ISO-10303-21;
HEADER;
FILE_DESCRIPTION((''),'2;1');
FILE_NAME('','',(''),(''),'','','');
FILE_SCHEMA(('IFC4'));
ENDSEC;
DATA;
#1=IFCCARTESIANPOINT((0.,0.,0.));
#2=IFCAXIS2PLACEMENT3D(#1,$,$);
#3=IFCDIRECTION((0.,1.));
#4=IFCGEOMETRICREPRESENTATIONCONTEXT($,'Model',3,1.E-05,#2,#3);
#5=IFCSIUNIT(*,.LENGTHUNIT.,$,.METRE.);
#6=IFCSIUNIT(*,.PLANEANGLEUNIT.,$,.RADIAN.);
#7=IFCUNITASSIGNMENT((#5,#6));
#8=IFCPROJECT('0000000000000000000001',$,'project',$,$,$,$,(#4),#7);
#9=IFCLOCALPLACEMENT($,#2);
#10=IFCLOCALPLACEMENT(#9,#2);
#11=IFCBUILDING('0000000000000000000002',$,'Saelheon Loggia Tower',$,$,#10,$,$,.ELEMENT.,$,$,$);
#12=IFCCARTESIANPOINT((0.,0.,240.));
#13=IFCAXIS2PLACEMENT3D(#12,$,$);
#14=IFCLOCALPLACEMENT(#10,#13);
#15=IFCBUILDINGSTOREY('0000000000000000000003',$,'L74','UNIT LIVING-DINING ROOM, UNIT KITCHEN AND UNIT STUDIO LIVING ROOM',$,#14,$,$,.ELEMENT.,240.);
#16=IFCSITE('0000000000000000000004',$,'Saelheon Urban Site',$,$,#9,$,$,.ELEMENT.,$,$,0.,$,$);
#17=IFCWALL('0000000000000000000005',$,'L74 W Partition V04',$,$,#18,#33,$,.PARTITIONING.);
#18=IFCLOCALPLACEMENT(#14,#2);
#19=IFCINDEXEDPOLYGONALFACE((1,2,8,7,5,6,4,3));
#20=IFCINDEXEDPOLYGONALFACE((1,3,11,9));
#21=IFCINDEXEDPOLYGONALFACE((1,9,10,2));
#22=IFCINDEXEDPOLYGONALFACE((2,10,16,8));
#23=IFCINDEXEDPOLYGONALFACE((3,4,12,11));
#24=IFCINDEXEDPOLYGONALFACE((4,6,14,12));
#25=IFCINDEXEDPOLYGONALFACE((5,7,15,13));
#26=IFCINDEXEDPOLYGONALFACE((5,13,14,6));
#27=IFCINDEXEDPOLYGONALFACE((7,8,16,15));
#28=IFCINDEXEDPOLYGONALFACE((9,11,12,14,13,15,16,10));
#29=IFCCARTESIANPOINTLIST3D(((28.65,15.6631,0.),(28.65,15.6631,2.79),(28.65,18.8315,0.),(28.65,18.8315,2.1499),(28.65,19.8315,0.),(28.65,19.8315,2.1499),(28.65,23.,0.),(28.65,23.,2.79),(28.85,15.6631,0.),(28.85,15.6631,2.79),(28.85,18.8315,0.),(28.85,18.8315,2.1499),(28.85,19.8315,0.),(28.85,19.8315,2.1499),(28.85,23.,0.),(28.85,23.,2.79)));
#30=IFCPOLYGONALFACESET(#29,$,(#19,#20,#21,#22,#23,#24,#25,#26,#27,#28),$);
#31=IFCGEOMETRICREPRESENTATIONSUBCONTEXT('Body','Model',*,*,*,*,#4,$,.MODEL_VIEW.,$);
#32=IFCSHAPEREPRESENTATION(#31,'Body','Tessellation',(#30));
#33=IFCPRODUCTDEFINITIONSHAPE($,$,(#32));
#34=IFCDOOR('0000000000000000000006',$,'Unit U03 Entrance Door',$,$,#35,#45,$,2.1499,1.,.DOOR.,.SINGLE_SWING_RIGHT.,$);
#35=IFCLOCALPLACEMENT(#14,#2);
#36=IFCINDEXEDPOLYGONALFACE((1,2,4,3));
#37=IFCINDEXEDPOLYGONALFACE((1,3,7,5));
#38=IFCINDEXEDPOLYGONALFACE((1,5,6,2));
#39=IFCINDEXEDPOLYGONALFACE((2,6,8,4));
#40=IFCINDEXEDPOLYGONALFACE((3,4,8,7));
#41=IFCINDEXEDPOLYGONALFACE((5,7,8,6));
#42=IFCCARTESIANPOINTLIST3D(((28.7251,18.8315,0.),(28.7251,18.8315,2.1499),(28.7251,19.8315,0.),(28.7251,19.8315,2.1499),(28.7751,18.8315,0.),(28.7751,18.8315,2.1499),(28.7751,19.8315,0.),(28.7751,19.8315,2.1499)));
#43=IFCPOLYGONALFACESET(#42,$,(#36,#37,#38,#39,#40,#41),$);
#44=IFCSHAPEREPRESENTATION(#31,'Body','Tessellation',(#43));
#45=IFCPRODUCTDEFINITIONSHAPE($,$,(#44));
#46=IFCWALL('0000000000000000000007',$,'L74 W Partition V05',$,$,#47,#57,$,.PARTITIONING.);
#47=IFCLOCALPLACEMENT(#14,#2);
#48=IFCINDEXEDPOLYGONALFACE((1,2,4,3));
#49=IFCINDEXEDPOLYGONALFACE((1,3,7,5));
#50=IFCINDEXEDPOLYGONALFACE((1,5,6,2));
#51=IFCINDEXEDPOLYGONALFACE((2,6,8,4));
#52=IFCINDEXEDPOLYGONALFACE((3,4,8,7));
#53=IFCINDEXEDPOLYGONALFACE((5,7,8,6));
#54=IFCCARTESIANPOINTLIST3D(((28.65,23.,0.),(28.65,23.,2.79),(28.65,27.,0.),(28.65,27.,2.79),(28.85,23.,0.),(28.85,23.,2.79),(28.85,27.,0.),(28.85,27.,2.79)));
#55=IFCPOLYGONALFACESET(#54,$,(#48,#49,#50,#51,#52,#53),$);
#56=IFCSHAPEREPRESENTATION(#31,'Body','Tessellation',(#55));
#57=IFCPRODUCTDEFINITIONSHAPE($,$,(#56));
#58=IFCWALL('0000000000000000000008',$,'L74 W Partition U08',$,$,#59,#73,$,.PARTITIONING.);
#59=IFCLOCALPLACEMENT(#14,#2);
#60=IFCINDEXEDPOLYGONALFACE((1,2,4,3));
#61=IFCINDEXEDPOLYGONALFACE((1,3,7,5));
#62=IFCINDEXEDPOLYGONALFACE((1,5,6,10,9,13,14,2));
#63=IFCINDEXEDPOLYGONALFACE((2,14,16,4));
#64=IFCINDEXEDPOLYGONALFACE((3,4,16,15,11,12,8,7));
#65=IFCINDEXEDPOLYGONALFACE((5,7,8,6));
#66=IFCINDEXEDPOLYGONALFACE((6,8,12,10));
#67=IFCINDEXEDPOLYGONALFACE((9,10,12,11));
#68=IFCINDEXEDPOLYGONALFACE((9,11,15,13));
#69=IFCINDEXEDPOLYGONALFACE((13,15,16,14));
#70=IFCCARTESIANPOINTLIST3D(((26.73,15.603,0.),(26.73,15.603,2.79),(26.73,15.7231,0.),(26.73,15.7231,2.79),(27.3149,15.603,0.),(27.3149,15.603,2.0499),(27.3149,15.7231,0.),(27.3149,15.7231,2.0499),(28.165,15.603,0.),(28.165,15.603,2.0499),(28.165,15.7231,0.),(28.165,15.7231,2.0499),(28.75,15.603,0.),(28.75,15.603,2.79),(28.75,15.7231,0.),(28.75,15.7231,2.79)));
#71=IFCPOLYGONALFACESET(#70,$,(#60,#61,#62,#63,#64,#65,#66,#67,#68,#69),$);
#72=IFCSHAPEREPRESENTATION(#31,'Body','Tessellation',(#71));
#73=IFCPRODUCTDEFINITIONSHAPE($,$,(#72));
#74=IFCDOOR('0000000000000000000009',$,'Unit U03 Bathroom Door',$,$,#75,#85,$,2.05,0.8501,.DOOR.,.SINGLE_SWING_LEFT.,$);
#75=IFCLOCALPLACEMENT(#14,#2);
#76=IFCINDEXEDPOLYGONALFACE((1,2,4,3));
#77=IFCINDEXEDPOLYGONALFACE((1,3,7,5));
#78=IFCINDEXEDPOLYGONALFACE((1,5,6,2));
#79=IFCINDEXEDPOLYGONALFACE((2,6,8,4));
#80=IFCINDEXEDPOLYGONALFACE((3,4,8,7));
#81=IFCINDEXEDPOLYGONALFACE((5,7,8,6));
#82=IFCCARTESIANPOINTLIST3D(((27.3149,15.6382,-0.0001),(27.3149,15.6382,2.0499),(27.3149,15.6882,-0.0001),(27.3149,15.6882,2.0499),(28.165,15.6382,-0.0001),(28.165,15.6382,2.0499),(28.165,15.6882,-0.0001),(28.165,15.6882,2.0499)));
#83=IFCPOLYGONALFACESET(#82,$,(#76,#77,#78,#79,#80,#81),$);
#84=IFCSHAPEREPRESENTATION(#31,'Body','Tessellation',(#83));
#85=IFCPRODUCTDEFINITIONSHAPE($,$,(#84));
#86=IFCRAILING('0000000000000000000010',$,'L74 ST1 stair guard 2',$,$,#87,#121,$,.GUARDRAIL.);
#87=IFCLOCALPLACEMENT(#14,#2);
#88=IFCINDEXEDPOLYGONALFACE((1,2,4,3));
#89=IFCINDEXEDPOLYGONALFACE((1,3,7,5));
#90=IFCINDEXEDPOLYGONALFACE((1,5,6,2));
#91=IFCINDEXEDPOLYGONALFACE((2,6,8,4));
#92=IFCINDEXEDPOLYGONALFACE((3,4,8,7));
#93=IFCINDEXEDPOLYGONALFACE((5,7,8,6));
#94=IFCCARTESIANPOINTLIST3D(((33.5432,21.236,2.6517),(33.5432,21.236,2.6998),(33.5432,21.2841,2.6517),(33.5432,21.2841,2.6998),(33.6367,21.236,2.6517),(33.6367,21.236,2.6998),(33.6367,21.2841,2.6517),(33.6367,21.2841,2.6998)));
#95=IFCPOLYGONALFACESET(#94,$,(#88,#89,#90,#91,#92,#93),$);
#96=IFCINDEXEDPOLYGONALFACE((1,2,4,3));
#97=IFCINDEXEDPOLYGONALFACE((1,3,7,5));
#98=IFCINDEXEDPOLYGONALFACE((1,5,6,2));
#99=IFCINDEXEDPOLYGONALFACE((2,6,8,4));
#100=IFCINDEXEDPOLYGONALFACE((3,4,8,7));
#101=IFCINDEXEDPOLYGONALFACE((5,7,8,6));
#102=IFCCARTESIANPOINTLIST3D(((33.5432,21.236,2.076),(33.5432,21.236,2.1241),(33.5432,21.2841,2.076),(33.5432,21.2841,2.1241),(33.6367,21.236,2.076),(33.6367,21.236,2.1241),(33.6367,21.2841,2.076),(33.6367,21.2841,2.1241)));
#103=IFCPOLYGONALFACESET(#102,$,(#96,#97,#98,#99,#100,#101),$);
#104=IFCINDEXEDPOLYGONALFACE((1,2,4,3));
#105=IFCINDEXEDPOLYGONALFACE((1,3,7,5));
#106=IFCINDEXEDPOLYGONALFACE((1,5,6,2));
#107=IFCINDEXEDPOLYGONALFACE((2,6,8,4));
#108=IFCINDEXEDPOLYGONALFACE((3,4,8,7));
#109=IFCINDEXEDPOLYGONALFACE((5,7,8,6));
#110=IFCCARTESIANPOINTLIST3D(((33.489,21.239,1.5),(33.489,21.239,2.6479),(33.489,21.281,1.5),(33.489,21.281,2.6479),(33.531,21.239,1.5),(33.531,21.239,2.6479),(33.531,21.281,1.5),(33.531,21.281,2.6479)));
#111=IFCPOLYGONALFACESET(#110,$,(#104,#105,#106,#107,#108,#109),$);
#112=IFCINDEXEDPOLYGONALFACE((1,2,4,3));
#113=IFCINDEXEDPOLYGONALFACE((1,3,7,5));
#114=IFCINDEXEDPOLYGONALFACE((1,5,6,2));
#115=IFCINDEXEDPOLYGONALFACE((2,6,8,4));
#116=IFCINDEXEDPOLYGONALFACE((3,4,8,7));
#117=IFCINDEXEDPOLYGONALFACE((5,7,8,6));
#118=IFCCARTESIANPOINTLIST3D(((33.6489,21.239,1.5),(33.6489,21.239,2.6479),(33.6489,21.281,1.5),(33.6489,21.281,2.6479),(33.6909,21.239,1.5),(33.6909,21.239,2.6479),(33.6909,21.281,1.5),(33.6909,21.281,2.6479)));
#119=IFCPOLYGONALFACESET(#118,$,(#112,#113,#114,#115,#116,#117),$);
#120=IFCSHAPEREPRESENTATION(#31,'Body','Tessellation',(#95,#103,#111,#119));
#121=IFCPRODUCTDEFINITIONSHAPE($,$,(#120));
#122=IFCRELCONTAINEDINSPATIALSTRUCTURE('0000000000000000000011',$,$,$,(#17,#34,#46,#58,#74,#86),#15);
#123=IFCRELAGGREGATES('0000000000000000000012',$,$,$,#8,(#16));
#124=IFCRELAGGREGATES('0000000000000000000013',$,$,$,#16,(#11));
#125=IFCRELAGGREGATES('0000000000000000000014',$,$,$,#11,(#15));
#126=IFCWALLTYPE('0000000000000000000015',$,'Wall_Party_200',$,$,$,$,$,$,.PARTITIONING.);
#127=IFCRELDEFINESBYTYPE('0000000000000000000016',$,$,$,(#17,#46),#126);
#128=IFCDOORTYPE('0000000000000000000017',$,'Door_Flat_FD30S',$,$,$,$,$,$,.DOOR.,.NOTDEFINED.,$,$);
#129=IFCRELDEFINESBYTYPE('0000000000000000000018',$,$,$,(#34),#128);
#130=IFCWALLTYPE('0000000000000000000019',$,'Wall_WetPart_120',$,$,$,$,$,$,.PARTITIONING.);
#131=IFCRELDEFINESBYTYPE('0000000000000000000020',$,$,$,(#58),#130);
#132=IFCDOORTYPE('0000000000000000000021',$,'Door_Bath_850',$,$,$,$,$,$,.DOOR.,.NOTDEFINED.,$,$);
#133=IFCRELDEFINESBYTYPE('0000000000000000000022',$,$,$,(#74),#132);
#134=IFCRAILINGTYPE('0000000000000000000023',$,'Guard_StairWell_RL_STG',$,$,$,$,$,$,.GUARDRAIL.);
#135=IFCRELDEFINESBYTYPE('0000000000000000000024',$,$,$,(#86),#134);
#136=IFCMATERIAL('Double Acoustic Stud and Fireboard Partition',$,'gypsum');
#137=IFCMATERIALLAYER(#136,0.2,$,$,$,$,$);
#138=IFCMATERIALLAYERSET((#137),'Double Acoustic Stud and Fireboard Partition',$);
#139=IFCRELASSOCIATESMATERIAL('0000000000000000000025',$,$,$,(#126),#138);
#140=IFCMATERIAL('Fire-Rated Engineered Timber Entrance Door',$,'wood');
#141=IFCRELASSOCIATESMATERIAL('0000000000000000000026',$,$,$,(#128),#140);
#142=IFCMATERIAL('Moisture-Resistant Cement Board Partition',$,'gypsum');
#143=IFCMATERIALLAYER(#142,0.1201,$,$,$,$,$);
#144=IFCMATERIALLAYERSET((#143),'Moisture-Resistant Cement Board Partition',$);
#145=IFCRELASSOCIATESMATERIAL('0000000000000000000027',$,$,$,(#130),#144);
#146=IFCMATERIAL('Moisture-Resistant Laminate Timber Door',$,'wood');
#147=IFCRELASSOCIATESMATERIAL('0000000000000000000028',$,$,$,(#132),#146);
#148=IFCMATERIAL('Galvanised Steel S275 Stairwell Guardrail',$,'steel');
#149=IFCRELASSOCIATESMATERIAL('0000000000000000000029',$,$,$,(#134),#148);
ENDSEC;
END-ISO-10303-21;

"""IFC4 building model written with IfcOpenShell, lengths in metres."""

from ifc_helpers import new_model, si_unit, direction, frame, frame_2d, origin, origin_2d, place, context, subcontext, project, spatial, rectangle, extrude, source, transform, mapped, material, layer, layer_set, type_object, element, fill, save


model = new_model("IFC4")

# Units and contexts
model_context = context("Model", 3, precision=1e-05, world=origin(), true_north=direction((0.0, 1.0)))
body_context = subcontext(model_context, "Body", "Model", "MODEL_VIEW")
ifc_project = project(units=[si_unit("LENGTHUNIT", "METRE"), si_unit("PLANEANGLEUNIT", "RADIAN")], contexts=[model_context])

# Site, building, storey
site_placement = place(None, origin())
site = spatial("IfcSite", under=ifc_project, at=site_placement, Name="Saelheon Urban Site", CompositionType="ELEMENT", RefElevation=0.0)
building_placement = place(site_placement, origin())
building = spatial("IfcBuilding", under=site, at=building_placement, Name="Saelheon Loggia Tower", CompositionType="ELEMENT")
storey_placement = place(building_placement, frame((0.0, 0.0, 240.0)))
storey = spatial("IfcBuildingStorey", under=building, at=storey_placement, Name="L74", Description="UNIT LIVING-DINING ROOM, UNIT KITCHEN AND UNIT STUDIO LIVING ROOM", CompositionType="ELEMENT", Elevation=240.0)

# Wall, opening, door
ifc_material_1 = material(Name="Double Acoustic Stud and Fireboard Partition", Category="gypsum")
ifc_layer_1 = layer(ifc_material_1, 0.2)
ifc_layer_set_1 = layer_set([ifc_layer_1], Name="Double Acoustic Stud and Fireboard Partition")
wall_type_1 = type_object("IfcWallType", Name="Wall_Party_200", PredefinedType="PARTITIONING", material=ifc_layer_set_1)
wall_1_placement = place(storey_placement, frame((28.75, 15.6631, 0.0), z_axis=(0.0, 0.0, 1.0), x_axis=(0.0, 1.0, 0.0)))
wall_1 = element("IfcWall", 1, at=wall_1_placement, inside=storey, type_object=wall_type_1, Name="L74 W Partition V04", PredefinedType="PARTITIONING", context=body_context, shape_type="SweptSolid", body=[
    extrude(rectangle(XDim=7.3369, YDim=0.2, at=frame_2d((3.6685, 0.0))), origin(), (0.0, 0.0, 1.0), 2.79),
])
opening_1_placement = place(wall_1_placement, frame((3.1685, 0.0, 0.0)))
opening_1 = element("IfcOpeningElement", 2, at=opening_1_placement, cuts=wall_1, PredefinedType="OPENING", context=body_context, shape_type="SweptSolid", body=[
    extrude(rectangle(XDim=1.0, YDim=2.1499, at=frame_2d((0.5, 1.075))), frame((0.0, 0.1121, 0.0), z_axis=(0.0, -1.0, 0.0), x_axis=(1.0, 0.0, 0.0)), (0.0, 0.0, 1.0), 0.2239),
])
ifc_material_2 = material(Name="Fire-Rated Engineered Timber Entrance Door", Category="wood")
door_type_1 = type_object("IfcDoorType", Name="Door_Flat_FD30S", OperationType="NOTDEFINED", PredefinedType="DOOR", material=ifc_material_2)
shared_shape_1 = source(origin(), body_context, "Body", "SweptSolid", [
    extrude(rectangle(XDim=1.0, YDim=2.1499, at=frame_2d((0.5, 1.075))), frame((0.0, 0.0249, 0.0), z_axis=(0.0, -1.0, 0.0), x_axis=(1.0, 0.0, 0.0)), (0.0, 0.0, 1.0), 0.05),
])
door_1_placement = place(opening_1_placement, origin())
door_1 = element("IfcDoor", 3, at=door_1_placement, inside=storey, type_object=door_type_1, Name="Unit U03 Entrance Door", OperationType="SINGLE_SWING_RIGHT", OverallHeight=2.1499, OverallWidth=1.0, PredefinedType="DOOR", context=body_context, shape_type="MappedRepresentation", body=[
    mapped(shared_shape_1, transform((0.0, 0.0, 0.0), scale=1.0)),
])
fill(opening_1, door_1)

# Wall
wall_2_placement = place(storey_placement, frame((28.75, 23.0, 0.0), z_axis=(0.0, 0.0, 1.0), x_axis=(0.0, 1.0, 0.0)))
element("IfcWall", 4, at=wall_2_placement, inside=storey, type_object=wall_type_1, Name="L74 W Partition V05", PredefinedType="PARTITIONING", context=body_context, shape_type="SweptSolid", body=[
    extrude(rectangle(XDim=4.0, YDim=0.2, at=frame_2d((2.0, 0.0))), origin(), (0.0, 0.0, 1.0), 2.79),
])

# Wall, opening, door
ifc_material_3 = material(Name="Moisture-Resistant Cement Board Partition", Category="gypsum")
ifc_layer_2 = layer(ifc_material_3, 0.1201)
ifc_layer_set_2 = layer_set([ifc_layer_2], Name="Moisture-Resistant Cement Board Partition")
wall_type_2 = type_object("IfcWallType", Name="Wall_WetPart_120", PredefinedType="PARTITIONING", material=ifc_layer_set_2)
wall_3_placement = place(storey_placement, frame((28.75, 15.6631, 0.0), z_axis=(0.0, 0.0, 1.0), x_axis=(-1.0, 0.0, 0.0)))
wall_3 = element("IfcWall", 5, at=wall_3_placement, inside=storey, type_object=wall_type_2, Name="L74 W Partition U08", PredefinedType="PARTITIONING", context=body_context, shape_type="SweptSolid", body=[
    extrude(rectangle(XDim=2.02, YDim=0.1201, at=frame_2d((1.01, 0.0))), origin(), (0.0, 0.0, 1.0), 2.79),
])
opening_2_placement = place(wall_3_placement, frame((0.585, 0.0, 0.0)))
opening_2 = element("IfcOpeningElement", 6, at=opening_2_placement, cuts=wall_3, PredefinedType="OPENING", context=body_context, shape_type="SweptSolid", body=[
    extrude(rectangle(XDim=0.8501, YDim=2.05, at=frame_2d((0.425, 1.0249))), frame((0.0, 0.072, 0.0), z_axis=(0.0, -1.0, 0.0), x_axis=(1.0, 0.0, 0.0)), (0.0, 0.0, 1.0), 0.144),
])
ifc_material_4 = material(Name="Moisture-Resistant Laminate Timber Door", Category="wood")
door_type_2 = type_object("IfcDoorType", Name="Door_Bath_850", OperationType="NOTDEFINED", PredefinedType="DOOR", material=ifc_material_4)
shared_shape_2 = source(origin(), body_context, "Body", "SweptSolid", [
    extrude(rectangle(XDim=0.8501, YDim=2.05, at=frame_2d((0.425, 1.0249))), frame((0.0, 0.0249, 0.0), z_axis=(0.0, -1.0, 0.0), x_axis=(1.0, 0.0, 0.0)), (0.0, 0.0, 1.0), 0.05),
])
door_2_placement = place(opening_2_placement, origin())
door_2 = element("IfcDoor", 7, at=door_2_placement, inside=storey, type_object=door_type_2, Name="Unit U03 Bathroom Door", OperationType="SINGLE_SWING_LEFT", OverallHeight=2.05, OverallWidth=0.8501, PredefinedType="DOOR", context=body_context, shape_type="MappedRepresentation", body=[
    mapped(shared_shape_2, transform((0.0, 0.0, 0.0), scale=1.0)),
])
fill(opening_2, door_2)

# Railing
ifc_material_5 = material(Name="Galvanised Steel S275 Stairwell Guardrail", Category="steel")
railing_type = type_object("IfcRailingType", Name="Guard_StairWell_RL_STG", PredefinedType="GUARDRAIL", material=ifc_material_5)
railing_1_placement = place(storey_placement, frame((33.51, 21.26, 1.5)))
element("IfcRailing", 8, at=railing_1_placement, inside=storey, type_object=railing_type, Name="L74 ST1 stair guard 2", PredefinedType="GUARDRAIL", context=body_context, shape_type="SweptSolid", body=[
    extrude(rectangle(XDim=0.0481, YDim=0.0481, at=origin_2d()), frame((0.0332, 0.0, 1.1758), z_axis=(1.0, 0.0, 0.0), x_axis=(0.0, 1.0, 0.0)), (0.0, 0.0, 1.0), 0.0935),
    extrude(rectangle(XDim=0.0481, YDim=0.0481, at=origin_2d()), frame((0.0332, 0.0, 0.6001), z_axis=(1.0, 0.0, 0.0), x_axis=(0.0, 1.0, 0.0)), (0.0, 0.0, 1.0), 0.0935),
    extrude(rectangle(XDim=0.042, YDim=0.042, at=origin_2d()), origin(), (0.0, 0.0, 1.0), 1.1479),
    extrude(rectangle(XDim=0.042, YDim=0.042, at=origin_2d()), frame((0.1599, 0.0, 0.0)), (0.0, 0.0, 1.0), 1.1479),
])

save(model, "model.ifc")
